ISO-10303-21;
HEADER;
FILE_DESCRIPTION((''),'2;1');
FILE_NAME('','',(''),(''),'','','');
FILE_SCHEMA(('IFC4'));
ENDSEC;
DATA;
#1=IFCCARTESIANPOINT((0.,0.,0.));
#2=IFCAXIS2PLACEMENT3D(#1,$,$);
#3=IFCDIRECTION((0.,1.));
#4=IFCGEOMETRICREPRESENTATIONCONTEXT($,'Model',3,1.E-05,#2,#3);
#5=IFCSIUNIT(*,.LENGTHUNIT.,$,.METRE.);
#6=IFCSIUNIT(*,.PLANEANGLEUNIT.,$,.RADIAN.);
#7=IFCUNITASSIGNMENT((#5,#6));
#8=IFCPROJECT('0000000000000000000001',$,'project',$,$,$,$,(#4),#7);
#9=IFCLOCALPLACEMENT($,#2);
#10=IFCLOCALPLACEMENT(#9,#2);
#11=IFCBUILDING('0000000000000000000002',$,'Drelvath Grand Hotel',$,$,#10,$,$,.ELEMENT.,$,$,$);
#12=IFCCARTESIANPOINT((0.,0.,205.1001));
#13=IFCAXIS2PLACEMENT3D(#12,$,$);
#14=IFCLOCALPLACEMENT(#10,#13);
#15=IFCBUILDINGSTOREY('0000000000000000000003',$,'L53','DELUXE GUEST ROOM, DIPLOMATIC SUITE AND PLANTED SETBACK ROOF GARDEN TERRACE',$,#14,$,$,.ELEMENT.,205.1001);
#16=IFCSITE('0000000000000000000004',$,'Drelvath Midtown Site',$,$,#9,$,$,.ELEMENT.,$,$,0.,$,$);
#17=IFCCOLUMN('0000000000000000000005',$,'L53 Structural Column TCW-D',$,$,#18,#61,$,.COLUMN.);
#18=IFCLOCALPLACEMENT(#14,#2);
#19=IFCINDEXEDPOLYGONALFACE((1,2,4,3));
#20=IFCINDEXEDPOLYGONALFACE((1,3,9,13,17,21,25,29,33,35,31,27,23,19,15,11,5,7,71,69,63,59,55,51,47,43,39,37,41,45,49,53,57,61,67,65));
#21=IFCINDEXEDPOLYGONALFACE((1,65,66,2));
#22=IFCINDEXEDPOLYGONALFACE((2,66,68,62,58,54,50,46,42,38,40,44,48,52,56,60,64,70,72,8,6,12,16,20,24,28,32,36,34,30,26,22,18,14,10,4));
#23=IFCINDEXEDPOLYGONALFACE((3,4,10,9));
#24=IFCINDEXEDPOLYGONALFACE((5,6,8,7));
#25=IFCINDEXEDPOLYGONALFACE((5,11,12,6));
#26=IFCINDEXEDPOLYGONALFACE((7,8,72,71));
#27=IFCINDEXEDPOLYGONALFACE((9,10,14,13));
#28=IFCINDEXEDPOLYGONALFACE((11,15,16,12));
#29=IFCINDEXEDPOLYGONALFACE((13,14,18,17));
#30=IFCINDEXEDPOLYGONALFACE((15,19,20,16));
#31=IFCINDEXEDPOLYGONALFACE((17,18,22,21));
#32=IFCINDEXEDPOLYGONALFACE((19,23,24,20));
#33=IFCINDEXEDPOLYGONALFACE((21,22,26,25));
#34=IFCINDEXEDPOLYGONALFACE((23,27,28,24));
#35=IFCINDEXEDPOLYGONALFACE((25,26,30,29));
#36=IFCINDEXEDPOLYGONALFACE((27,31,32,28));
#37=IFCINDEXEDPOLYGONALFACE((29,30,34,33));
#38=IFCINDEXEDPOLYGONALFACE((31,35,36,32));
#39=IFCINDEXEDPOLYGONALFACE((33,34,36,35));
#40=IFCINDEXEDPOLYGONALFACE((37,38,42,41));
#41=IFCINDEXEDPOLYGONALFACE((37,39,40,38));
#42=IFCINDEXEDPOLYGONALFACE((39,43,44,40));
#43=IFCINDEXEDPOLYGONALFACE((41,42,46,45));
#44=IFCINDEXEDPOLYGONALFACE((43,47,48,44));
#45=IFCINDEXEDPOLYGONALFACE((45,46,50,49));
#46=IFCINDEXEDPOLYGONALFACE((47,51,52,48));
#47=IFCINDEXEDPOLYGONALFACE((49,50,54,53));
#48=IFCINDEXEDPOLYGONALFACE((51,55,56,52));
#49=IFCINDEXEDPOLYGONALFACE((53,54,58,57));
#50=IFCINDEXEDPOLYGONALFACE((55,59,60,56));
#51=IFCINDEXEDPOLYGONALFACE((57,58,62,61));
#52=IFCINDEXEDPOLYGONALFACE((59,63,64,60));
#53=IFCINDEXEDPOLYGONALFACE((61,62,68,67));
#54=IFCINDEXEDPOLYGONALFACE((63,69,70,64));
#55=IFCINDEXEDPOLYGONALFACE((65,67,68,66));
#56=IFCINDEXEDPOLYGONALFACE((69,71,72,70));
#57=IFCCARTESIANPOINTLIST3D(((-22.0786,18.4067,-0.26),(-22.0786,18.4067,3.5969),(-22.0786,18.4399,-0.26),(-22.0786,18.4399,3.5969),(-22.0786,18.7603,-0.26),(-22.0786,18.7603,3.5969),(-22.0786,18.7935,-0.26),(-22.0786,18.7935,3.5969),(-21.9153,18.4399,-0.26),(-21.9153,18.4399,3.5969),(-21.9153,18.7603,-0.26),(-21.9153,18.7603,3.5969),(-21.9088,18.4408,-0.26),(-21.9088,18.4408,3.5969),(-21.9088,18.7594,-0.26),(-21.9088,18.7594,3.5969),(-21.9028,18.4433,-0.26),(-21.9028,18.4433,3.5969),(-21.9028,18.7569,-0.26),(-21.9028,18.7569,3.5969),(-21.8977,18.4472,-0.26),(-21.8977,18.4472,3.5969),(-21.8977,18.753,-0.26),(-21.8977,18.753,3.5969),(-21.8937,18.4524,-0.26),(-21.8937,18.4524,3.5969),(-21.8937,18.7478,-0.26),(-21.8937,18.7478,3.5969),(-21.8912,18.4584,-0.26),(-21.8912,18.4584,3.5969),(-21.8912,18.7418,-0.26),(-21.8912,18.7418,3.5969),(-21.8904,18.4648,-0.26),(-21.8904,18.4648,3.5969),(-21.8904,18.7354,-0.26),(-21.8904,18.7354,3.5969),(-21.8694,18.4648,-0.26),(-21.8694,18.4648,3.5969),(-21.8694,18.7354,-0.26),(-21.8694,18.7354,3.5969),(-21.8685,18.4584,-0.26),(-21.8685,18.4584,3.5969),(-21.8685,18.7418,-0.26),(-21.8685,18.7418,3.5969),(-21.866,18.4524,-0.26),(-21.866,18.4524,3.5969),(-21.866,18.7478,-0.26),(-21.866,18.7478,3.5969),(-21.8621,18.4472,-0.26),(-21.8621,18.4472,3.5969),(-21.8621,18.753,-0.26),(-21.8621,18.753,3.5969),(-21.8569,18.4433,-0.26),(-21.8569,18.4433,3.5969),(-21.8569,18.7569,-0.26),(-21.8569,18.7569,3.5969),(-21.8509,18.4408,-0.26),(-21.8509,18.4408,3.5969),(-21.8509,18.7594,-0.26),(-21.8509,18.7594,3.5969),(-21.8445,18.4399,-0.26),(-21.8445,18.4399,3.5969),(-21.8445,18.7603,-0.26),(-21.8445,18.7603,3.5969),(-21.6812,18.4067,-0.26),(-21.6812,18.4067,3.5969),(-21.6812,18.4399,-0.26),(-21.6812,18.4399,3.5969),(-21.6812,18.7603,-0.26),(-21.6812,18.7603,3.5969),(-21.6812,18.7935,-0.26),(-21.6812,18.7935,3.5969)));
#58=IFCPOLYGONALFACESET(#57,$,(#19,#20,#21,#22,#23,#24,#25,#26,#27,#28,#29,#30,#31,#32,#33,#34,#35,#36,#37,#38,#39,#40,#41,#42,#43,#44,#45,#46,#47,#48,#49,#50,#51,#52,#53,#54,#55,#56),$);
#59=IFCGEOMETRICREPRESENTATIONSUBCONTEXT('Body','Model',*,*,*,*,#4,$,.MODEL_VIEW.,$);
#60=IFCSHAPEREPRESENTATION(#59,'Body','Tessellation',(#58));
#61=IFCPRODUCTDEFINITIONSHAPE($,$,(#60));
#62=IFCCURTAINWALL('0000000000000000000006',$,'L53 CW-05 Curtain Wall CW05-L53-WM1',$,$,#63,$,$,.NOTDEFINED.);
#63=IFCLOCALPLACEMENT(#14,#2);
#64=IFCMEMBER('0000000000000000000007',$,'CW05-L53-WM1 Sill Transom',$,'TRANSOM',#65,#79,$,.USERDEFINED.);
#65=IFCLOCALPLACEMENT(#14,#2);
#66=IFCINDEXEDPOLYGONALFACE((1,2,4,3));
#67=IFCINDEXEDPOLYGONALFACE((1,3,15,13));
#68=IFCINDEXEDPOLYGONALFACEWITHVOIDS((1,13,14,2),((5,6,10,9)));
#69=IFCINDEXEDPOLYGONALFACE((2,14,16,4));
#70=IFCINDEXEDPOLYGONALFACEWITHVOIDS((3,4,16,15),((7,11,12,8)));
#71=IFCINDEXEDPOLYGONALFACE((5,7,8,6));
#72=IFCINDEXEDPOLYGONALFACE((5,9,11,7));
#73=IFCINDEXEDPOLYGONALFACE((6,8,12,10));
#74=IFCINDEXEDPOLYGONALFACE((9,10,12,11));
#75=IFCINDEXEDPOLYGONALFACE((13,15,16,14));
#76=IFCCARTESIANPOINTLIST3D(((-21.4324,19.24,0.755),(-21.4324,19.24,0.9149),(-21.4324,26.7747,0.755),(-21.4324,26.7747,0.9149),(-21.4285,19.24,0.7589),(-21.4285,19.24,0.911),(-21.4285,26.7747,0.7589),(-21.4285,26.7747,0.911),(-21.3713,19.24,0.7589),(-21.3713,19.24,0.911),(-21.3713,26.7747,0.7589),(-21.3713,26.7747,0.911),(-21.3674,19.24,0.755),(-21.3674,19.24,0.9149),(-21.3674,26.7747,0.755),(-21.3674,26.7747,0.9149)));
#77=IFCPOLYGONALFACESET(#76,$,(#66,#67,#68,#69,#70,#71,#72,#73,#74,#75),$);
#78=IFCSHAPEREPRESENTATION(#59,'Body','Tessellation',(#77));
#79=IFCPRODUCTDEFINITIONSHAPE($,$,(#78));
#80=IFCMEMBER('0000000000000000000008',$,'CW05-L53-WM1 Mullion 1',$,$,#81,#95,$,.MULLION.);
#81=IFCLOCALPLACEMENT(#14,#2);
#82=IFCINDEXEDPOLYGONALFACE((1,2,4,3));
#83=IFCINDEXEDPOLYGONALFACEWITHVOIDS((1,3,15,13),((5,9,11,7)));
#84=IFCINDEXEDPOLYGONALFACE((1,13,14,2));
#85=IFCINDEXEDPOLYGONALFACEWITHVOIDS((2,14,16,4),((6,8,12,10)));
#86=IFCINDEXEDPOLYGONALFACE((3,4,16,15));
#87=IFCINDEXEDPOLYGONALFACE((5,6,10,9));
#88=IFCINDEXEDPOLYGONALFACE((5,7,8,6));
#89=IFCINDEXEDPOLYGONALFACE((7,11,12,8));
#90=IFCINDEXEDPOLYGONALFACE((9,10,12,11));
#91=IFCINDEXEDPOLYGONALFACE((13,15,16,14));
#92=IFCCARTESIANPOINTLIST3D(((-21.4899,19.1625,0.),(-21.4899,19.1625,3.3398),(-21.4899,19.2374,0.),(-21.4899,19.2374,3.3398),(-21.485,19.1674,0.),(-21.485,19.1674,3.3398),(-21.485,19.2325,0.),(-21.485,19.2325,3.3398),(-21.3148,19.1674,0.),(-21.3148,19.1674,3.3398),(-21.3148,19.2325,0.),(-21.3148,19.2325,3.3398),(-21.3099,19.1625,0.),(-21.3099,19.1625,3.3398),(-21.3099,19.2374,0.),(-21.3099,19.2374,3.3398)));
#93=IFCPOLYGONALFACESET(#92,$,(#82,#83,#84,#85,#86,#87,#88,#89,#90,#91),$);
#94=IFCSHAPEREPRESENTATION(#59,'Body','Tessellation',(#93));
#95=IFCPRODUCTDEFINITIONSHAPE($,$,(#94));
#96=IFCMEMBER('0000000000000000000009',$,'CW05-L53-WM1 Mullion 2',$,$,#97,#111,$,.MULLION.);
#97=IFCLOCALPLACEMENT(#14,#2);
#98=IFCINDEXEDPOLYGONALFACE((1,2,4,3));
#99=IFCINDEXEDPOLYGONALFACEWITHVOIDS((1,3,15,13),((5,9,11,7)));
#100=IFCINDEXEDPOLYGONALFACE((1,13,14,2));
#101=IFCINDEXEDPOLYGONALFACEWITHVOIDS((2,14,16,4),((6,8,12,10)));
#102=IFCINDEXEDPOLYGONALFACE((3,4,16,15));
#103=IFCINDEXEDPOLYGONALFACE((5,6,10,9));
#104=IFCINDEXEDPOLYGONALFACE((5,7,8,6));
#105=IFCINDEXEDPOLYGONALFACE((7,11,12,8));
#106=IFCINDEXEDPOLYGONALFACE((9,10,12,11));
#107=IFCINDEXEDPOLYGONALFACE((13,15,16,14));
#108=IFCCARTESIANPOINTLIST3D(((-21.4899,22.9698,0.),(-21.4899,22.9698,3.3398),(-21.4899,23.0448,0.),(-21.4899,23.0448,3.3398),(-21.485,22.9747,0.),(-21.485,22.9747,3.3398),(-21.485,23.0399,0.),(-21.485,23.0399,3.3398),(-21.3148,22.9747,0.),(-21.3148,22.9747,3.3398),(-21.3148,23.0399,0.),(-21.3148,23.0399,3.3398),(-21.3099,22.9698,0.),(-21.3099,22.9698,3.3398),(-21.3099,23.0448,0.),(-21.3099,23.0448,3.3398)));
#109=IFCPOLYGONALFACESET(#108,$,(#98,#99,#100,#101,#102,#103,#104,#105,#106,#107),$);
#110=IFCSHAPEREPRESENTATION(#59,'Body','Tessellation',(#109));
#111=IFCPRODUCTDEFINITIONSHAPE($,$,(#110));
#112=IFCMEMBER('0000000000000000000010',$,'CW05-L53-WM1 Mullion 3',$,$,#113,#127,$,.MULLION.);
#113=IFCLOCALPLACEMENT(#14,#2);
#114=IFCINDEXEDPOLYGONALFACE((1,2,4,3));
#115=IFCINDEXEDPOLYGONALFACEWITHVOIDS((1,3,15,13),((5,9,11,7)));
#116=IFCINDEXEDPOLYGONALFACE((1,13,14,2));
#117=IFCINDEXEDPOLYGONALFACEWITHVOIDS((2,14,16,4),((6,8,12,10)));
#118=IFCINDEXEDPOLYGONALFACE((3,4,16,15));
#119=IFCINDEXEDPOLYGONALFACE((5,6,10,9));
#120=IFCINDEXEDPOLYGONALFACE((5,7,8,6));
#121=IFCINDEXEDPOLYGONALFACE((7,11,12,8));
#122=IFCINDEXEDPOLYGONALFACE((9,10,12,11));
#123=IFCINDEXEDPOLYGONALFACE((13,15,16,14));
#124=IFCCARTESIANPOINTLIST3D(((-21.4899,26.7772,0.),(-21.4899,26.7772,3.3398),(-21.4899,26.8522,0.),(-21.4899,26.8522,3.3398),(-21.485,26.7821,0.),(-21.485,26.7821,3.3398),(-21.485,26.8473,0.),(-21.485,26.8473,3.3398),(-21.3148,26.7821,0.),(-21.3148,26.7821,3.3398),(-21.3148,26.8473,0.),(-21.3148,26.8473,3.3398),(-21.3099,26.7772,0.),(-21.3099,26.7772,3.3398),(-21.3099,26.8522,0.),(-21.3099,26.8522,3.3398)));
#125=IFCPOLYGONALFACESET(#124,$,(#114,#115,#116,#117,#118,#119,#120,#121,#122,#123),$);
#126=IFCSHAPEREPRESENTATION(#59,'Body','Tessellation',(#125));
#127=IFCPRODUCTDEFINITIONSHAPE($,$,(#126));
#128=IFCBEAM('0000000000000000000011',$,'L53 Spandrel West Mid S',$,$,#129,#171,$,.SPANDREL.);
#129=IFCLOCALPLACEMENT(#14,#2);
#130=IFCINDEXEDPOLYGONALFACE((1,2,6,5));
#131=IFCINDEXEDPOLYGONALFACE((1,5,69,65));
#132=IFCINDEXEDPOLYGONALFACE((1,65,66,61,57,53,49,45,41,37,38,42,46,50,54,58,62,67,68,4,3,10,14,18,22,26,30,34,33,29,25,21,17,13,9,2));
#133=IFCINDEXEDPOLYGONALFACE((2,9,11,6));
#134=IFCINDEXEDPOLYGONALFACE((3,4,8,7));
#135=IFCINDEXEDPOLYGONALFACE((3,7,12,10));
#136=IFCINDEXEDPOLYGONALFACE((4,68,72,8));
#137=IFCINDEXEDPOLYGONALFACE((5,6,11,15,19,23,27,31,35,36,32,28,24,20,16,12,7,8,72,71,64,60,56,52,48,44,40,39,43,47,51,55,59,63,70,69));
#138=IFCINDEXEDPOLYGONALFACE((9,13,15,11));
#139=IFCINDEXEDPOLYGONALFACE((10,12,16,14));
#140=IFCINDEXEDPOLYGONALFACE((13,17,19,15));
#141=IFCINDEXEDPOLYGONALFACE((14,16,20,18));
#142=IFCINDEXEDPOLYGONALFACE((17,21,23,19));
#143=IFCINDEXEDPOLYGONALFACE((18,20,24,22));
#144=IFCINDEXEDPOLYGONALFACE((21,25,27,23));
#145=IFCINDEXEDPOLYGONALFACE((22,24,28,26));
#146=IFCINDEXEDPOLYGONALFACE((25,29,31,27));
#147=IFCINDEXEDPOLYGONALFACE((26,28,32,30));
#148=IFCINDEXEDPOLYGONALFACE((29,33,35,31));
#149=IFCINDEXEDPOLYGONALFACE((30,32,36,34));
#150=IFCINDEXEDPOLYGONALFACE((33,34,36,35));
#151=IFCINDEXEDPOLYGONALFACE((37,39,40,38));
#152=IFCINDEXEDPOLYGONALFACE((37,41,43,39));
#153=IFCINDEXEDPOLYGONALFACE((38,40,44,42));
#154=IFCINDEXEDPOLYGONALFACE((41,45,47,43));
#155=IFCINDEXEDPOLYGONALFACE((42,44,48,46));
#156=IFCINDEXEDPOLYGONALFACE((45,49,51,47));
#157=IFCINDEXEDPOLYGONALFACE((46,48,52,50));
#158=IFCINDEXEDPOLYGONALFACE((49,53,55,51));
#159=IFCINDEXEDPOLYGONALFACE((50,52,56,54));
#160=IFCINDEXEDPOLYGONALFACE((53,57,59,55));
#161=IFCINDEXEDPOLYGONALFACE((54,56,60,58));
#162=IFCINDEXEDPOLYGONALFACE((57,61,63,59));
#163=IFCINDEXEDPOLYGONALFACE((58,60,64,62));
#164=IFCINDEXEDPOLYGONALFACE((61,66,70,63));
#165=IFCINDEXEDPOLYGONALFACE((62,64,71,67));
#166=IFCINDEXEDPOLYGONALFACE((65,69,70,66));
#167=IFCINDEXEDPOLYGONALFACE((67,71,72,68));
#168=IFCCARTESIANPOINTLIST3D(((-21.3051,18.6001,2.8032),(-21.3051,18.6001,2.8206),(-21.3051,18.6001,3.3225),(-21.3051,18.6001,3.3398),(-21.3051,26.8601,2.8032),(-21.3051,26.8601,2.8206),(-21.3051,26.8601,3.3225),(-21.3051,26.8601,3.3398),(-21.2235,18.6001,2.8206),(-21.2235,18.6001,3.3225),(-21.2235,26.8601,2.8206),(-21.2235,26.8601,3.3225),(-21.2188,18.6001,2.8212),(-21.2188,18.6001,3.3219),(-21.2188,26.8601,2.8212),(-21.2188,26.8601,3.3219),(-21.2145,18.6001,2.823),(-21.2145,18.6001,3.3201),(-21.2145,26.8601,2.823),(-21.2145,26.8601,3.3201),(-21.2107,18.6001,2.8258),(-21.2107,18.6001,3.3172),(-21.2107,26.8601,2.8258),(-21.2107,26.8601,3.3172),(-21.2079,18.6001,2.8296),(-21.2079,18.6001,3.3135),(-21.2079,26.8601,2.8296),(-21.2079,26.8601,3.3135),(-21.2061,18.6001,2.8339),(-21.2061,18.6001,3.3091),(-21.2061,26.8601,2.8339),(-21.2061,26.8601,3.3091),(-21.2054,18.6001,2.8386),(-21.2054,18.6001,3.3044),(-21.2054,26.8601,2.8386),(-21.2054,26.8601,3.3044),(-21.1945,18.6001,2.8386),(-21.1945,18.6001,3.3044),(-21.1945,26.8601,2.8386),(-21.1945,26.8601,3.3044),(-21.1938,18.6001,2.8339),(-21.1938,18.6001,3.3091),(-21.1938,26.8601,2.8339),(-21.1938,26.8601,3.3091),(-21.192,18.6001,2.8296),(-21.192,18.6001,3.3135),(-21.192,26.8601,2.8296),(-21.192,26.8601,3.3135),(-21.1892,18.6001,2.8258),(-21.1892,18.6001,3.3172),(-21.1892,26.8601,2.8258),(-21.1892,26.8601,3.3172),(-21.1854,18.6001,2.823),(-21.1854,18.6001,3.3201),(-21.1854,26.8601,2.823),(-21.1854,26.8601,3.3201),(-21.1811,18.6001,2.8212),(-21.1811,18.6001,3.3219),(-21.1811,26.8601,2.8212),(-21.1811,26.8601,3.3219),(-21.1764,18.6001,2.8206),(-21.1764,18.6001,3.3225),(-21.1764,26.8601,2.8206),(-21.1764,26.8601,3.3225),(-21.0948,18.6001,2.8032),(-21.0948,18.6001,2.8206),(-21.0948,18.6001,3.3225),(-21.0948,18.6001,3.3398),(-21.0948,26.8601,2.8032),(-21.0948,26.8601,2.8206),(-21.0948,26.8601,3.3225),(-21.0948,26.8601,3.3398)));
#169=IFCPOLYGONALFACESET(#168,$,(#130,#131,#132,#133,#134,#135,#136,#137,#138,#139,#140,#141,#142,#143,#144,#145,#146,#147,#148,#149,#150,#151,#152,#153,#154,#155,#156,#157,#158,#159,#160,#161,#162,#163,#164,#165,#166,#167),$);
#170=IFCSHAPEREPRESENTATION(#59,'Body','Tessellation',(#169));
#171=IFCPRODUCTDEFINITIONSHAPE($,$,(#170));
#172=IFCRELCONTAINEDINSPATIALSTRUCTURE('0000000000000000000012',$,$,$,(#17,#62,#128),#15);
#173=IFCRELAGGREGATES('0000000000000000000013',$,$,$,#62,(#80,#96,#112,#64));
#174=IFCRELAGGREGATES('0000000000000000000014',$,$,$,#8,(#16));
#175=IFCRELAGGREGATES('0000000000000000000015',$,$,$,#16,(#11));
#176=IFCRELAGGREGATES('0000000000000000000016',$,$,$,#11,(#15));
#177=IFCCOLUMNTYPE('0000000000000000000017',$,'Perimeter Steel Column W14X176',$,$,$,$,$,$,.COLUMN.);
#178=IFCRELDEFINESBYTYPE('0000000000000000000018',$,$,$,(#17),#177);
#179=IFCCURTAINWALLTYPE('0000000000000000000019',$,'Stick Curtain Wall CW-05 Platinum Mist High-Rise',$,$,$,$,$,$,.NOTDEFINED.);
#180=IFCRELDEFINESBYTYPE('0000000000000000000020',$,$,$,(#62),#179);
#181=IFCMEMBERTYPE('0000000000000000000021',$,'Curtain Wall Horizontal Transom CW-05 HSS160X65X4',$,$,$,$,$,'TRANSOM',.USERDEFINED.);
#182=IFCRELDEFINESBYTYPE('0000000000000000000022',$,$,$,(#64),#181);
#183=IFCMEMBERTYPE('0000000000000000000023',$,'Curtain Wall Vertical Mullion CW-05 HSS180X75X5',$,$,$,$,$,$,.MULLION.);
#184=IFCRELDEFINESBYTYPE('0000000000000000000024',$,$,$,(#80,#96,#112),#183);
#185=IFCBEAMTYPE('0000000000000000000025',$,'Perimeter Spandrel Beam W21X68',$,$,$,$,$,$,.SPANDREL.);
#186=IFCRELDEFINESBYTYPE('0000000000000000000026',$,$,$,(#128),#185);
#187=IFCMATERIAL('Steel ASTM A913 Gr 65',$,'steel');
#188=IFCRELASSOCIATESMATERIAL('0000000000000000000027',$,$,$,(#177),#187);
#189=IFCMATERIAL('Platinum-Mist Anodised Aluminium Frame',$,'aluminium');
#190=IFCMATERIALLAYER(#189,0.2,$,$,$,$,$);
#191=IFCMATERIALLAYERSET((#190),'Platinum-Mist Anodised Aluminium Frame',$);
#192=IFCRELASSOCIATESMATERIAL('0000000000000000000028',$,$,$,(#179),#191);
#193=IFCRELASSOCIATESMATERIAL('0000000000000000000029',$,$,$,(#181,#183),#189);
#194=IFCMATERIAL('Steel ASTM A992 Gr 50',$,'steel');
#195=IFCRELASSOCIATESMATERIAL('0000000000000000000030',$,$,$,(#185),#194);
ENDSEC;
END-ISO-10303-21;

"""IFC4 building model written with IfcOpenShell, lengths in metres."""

from ifc_helpers import new_model, si_unit, direction, frame, origin, origin_2d, place, context, subcontext, project, spatial, hollow_rectangle, i_section, extrude, material, layer, layer_set, material_profile, profile_set, type_object, element, aggregate, save


model = new_model("IFC4")

# Units and contexts
model_context = context("Model", 3, precision=1e-05, world=origin(), true_north=direction((0.0, 1.0)))
body_context = subcontext(model_context, "Body", "Model", "MODEL_VIEW")
ifc_project = project(units=[si_unit("LENGTHUNIT", "METRE"), si_unit("PLANEANGLEUNIT", "RADIAN")], contexts=[model_context])

# Site, building, storey
site_placement = place(None, origin())
site = spatial("IfcSite", under=ifc_project, at=site_placement, Name="Drelvath Midtown Site", CompositionType="ELEMENT", RefElevation=0.0)
building_placement = place(site_placement, origin())
building = spatial("IfcBuilding", under=site, at=building_placement, Name="Drelvath Grand Hotel", CompositionType="ELEMENT")
storey_placement = place(building_placement, frame((0.0, 0.0, 205.1001)))
storey = spatial("IfcBuildingStorey", under=building, at=storey_placement, Name="L53", Description="DELUXE GUEST ROOM, DIPLOMATIC SUITE AND PLANTED SETBACK ROOF GARDEN TERRACE", CompositionType="ELEMENT", Elevation=205.1001)

# Column
ifc_material_1 = material(Name="Steel ASTM A913 Gr 65", Category="steel")
ifc_material_profile_1 = material_profile(ifc_material_1, i_section(OverallWidth=0.3975, OverallDepth=0.3867, WebThickness=0.021, FlangeThickness=0.0332, FilletRadius=0.0249, at=origin_2d()), Name="W14X176")
ifc_profile_set_1 = profile_set([ifc_material_profile_1], Name="Steel ASTM A913 Gr 65")
column_type = type_object("IfcColumnType", Name="Perimeter Steel Column W14X176", PredefinedType="COLUMN", material=ifc_profile_set_1)
column_placement = place(storey_placement, frame((-21.8799, 18.6001, -0.26), z_axis=(0.0, 0.0, 1.0), x_axis=(1.0, 0.0, 0.0)))
element("IfcColumn", 1, at=column_placement, inside=storey, type_object=column_type, Name="L53 Structural Column TCW-D", PredefinedType="COLUMN", context=body_context, shape_type="SweptSolid", body=[
    extrude(i_section(OverallWidth=0.3975, OverallDepth=0.3867, WebThickness=0.021, FlangeThickness=0.0332, FilletRadius=0.0249, at=origin_2d()), origin(), (0.0, 0.0, 1.0), 3.8569),
])

# Curtain wall, members
ifc_material_2 = material(Name="Platinum-Mist Anodised Aluminium Frame", Category="aluminium")
ifc_layer_1 = layer(ifc_material_2, 0.2)
ifc_layer_set_1 = layer_set([ifc_layer_1], Name="Platinum-Mist Anodised Aluminium Frame")
curtain_wall_type = type_object("IfcCurtainWallType", Name="Stick Curtain Wall CW-05 Platinum Mist High-Rise", PredefinedType="NOTDEFINED", material=ifc_layer_set_1)
curtain_wall_placement = place(storey_placement, origin())
curtain_wall = element("IfcCurtainWall", 2, at=curtain_wall_placement, inside=storey, type_object=curtain_wall_type, Name="L53 CW-05 Curtain Wall CW05-L53-WM1", PredefinedType="NOTDEFINED")
ifc_material_profile_2 = material_profile(ifc_material_2, hollow_rectangle(XDim=0.0649, YDim=0.1599, WallThickness=0.0039, at=origin_2d()), Name="HSS160X65X4")
ifc_profile_set_2 = profile_set([ifc_material_profile_2], Name="Platinum-Mist Anodised Aluminium Frame")
member_type_1 = type_object("IfcMemberType", Name="Curtain Wall Horizontal Transom CW-05 HSS160X65X4", ElementType="TRANSOM", PredefinedType="USERDEFINED", material=ifc_profile_set_2)
member_1_placement = place(storey_placement, frame((-21.3999, 19.24, 0.835), z_axis=(0.0, 1.0, 0.0), x_axis=(-1.0, 0.0, 0.0)))
member_1 = element("IfcMember", 3, at=member_1_placement, type_object=member_type_1, Name="CW05-L53-WM1 Sill Transom", ObjectType="TRANSOM", PredefinedType="USERDEFINED", context=body_context, shape_type="SweptSolid", body=[
    extrude(hollow_rectangle(XDim=0.0649, YDim=0.1599, WallThickness=0.0039, at=origin_2d()), origin(), (0.0, 0.0, 1.0), 7.5347),
])
ifc_material_profile_3 = material_profile(ifc_material_2, hollow_rectangle(XDim=0.075, YDim=0.1799, WallThickness=0.0049, at=origin_2d()), Name="HSS180X75X5")
ifc_profile_set_3 = profile_set([ifc_material_profile_3], Name="Platinum-Mist Anodised Aluminium Frame")
member_type_2 = type_object("IfcMemberType", Name="Curtain Wall Vertical Mullion CW-05 HSS180X75X5", PredefinedType="MULLION", material=ifc_profile_set_3)
member_2_placement = place(storey_placement, frame((-21.3999, 19.2, 0.0), z_axis=(0.0, 0.0, 1.0), x_axis=(0.0, 1.0, 0.0)))
member_2 = element("IfcMember", 4, at=member_2_placement, type_object=member_type_2, Name="CW05-L53-WM1 Mullion 1", PredefinedType="MULLION", context=body_context, shape_type="SweptSolid", body=[
    extrude(hollow_rectangle(XDim=0.075, YDim=0.1799, WallThickness=0.0049, at=origin_2d()), origin(), (0.0, 0.0, 1.0), 3.3398),
])
member_3_placement = place(storey_placement, frame((-21.3999, 23.0073, 0.0), z_axis=(0.0, 0.0, 1.0), x_axis=(0.0, 1.0, 0.0)))
member_3 = element("IfcMember", 5, at=member_3_placement, type_object=member_type_2, Name="CW05-L53-WM1 Mullion 2", PredefinedType="MULLION", context=body_context, shape_type="SweptSolid", body=[
    extrude(hollow_rectangle(XDim=0.075, YDim=0.1799, WallThickness=0.0049, at=origin_2d()), origin(), (0.0, 0.0, 1.0), 3.3398),
])
member_4_placement = place(storey_placement, frame((-21.3999, 26.8147, 0.0), z_axis=(0.0, 0.0, 1.0), x_axis=(0.0, 1.0, 0.0)))
member_4 = element("IfcMember", 6, at=member_4_placement, type_object=member_type_2, Name="CW05-L53-WM1 Mullion 3", PredefinedType="MULLION", context=body_context, shape_type="SweptSolid", body=[
    extrude(hollow_rectangle(XDim=0.075, YDim=0.1799, WallThickness=0.0049, at=origin_2d()), origin(), (0.0, 0.0, 1.0), 3.3398),
])

# Beam
ifc_material_3 = material(Name="Steel ASTM A992 Gr 50", Category="steel")
ifc_material_profile_4 = material_profile(ifc_material_3, i_section(OverallWidth=0.2102, OverallDepth=0.5366, WebThickness=0.011, FlangeThickness=0.0173, FilletRadius=0.0181, at=origin_2d()), Name="W21X68")
ifc_profile_set_4 = profile_set([ifc_material_profile_4], Name="Steel ASTM A992 Gr 50")
beam_type_1 = type_object("IfcBeamType", Name="Perimeter Spandrel Beam W21X68", PredefinedType="SPANDREL", material=ifc_profile_set_4)
beam_1_placement = place(storey_placement, frame((-21.2, 18.6001, 3.0715), z_axis=(0.0, 1.0, 0.0), x_axis=(-1.0, 0.0, 0.0)))
element("IfcBeam", 7, at=beam_1_placement, inside=storey, type_object=beam_type_1, Name="L53 Spandrel West Mid S", PredefinedType="SPANDREL", context=body_context, shape_type="SweptSolid", body=[
    extrude(i_section(OverallWidth=0.2102, OverallDepth=0.5366, WebThickness=0.011, FlangeThickness=0.0173, FilletRadius=0.0181, at=origin_2d()), origin(), (0.0, 0.0, 1.0), 8.26),
])

aggregate(curtain_wall, [member_2, member_3, member_4, member_1])

save(model, "model.ifc")
